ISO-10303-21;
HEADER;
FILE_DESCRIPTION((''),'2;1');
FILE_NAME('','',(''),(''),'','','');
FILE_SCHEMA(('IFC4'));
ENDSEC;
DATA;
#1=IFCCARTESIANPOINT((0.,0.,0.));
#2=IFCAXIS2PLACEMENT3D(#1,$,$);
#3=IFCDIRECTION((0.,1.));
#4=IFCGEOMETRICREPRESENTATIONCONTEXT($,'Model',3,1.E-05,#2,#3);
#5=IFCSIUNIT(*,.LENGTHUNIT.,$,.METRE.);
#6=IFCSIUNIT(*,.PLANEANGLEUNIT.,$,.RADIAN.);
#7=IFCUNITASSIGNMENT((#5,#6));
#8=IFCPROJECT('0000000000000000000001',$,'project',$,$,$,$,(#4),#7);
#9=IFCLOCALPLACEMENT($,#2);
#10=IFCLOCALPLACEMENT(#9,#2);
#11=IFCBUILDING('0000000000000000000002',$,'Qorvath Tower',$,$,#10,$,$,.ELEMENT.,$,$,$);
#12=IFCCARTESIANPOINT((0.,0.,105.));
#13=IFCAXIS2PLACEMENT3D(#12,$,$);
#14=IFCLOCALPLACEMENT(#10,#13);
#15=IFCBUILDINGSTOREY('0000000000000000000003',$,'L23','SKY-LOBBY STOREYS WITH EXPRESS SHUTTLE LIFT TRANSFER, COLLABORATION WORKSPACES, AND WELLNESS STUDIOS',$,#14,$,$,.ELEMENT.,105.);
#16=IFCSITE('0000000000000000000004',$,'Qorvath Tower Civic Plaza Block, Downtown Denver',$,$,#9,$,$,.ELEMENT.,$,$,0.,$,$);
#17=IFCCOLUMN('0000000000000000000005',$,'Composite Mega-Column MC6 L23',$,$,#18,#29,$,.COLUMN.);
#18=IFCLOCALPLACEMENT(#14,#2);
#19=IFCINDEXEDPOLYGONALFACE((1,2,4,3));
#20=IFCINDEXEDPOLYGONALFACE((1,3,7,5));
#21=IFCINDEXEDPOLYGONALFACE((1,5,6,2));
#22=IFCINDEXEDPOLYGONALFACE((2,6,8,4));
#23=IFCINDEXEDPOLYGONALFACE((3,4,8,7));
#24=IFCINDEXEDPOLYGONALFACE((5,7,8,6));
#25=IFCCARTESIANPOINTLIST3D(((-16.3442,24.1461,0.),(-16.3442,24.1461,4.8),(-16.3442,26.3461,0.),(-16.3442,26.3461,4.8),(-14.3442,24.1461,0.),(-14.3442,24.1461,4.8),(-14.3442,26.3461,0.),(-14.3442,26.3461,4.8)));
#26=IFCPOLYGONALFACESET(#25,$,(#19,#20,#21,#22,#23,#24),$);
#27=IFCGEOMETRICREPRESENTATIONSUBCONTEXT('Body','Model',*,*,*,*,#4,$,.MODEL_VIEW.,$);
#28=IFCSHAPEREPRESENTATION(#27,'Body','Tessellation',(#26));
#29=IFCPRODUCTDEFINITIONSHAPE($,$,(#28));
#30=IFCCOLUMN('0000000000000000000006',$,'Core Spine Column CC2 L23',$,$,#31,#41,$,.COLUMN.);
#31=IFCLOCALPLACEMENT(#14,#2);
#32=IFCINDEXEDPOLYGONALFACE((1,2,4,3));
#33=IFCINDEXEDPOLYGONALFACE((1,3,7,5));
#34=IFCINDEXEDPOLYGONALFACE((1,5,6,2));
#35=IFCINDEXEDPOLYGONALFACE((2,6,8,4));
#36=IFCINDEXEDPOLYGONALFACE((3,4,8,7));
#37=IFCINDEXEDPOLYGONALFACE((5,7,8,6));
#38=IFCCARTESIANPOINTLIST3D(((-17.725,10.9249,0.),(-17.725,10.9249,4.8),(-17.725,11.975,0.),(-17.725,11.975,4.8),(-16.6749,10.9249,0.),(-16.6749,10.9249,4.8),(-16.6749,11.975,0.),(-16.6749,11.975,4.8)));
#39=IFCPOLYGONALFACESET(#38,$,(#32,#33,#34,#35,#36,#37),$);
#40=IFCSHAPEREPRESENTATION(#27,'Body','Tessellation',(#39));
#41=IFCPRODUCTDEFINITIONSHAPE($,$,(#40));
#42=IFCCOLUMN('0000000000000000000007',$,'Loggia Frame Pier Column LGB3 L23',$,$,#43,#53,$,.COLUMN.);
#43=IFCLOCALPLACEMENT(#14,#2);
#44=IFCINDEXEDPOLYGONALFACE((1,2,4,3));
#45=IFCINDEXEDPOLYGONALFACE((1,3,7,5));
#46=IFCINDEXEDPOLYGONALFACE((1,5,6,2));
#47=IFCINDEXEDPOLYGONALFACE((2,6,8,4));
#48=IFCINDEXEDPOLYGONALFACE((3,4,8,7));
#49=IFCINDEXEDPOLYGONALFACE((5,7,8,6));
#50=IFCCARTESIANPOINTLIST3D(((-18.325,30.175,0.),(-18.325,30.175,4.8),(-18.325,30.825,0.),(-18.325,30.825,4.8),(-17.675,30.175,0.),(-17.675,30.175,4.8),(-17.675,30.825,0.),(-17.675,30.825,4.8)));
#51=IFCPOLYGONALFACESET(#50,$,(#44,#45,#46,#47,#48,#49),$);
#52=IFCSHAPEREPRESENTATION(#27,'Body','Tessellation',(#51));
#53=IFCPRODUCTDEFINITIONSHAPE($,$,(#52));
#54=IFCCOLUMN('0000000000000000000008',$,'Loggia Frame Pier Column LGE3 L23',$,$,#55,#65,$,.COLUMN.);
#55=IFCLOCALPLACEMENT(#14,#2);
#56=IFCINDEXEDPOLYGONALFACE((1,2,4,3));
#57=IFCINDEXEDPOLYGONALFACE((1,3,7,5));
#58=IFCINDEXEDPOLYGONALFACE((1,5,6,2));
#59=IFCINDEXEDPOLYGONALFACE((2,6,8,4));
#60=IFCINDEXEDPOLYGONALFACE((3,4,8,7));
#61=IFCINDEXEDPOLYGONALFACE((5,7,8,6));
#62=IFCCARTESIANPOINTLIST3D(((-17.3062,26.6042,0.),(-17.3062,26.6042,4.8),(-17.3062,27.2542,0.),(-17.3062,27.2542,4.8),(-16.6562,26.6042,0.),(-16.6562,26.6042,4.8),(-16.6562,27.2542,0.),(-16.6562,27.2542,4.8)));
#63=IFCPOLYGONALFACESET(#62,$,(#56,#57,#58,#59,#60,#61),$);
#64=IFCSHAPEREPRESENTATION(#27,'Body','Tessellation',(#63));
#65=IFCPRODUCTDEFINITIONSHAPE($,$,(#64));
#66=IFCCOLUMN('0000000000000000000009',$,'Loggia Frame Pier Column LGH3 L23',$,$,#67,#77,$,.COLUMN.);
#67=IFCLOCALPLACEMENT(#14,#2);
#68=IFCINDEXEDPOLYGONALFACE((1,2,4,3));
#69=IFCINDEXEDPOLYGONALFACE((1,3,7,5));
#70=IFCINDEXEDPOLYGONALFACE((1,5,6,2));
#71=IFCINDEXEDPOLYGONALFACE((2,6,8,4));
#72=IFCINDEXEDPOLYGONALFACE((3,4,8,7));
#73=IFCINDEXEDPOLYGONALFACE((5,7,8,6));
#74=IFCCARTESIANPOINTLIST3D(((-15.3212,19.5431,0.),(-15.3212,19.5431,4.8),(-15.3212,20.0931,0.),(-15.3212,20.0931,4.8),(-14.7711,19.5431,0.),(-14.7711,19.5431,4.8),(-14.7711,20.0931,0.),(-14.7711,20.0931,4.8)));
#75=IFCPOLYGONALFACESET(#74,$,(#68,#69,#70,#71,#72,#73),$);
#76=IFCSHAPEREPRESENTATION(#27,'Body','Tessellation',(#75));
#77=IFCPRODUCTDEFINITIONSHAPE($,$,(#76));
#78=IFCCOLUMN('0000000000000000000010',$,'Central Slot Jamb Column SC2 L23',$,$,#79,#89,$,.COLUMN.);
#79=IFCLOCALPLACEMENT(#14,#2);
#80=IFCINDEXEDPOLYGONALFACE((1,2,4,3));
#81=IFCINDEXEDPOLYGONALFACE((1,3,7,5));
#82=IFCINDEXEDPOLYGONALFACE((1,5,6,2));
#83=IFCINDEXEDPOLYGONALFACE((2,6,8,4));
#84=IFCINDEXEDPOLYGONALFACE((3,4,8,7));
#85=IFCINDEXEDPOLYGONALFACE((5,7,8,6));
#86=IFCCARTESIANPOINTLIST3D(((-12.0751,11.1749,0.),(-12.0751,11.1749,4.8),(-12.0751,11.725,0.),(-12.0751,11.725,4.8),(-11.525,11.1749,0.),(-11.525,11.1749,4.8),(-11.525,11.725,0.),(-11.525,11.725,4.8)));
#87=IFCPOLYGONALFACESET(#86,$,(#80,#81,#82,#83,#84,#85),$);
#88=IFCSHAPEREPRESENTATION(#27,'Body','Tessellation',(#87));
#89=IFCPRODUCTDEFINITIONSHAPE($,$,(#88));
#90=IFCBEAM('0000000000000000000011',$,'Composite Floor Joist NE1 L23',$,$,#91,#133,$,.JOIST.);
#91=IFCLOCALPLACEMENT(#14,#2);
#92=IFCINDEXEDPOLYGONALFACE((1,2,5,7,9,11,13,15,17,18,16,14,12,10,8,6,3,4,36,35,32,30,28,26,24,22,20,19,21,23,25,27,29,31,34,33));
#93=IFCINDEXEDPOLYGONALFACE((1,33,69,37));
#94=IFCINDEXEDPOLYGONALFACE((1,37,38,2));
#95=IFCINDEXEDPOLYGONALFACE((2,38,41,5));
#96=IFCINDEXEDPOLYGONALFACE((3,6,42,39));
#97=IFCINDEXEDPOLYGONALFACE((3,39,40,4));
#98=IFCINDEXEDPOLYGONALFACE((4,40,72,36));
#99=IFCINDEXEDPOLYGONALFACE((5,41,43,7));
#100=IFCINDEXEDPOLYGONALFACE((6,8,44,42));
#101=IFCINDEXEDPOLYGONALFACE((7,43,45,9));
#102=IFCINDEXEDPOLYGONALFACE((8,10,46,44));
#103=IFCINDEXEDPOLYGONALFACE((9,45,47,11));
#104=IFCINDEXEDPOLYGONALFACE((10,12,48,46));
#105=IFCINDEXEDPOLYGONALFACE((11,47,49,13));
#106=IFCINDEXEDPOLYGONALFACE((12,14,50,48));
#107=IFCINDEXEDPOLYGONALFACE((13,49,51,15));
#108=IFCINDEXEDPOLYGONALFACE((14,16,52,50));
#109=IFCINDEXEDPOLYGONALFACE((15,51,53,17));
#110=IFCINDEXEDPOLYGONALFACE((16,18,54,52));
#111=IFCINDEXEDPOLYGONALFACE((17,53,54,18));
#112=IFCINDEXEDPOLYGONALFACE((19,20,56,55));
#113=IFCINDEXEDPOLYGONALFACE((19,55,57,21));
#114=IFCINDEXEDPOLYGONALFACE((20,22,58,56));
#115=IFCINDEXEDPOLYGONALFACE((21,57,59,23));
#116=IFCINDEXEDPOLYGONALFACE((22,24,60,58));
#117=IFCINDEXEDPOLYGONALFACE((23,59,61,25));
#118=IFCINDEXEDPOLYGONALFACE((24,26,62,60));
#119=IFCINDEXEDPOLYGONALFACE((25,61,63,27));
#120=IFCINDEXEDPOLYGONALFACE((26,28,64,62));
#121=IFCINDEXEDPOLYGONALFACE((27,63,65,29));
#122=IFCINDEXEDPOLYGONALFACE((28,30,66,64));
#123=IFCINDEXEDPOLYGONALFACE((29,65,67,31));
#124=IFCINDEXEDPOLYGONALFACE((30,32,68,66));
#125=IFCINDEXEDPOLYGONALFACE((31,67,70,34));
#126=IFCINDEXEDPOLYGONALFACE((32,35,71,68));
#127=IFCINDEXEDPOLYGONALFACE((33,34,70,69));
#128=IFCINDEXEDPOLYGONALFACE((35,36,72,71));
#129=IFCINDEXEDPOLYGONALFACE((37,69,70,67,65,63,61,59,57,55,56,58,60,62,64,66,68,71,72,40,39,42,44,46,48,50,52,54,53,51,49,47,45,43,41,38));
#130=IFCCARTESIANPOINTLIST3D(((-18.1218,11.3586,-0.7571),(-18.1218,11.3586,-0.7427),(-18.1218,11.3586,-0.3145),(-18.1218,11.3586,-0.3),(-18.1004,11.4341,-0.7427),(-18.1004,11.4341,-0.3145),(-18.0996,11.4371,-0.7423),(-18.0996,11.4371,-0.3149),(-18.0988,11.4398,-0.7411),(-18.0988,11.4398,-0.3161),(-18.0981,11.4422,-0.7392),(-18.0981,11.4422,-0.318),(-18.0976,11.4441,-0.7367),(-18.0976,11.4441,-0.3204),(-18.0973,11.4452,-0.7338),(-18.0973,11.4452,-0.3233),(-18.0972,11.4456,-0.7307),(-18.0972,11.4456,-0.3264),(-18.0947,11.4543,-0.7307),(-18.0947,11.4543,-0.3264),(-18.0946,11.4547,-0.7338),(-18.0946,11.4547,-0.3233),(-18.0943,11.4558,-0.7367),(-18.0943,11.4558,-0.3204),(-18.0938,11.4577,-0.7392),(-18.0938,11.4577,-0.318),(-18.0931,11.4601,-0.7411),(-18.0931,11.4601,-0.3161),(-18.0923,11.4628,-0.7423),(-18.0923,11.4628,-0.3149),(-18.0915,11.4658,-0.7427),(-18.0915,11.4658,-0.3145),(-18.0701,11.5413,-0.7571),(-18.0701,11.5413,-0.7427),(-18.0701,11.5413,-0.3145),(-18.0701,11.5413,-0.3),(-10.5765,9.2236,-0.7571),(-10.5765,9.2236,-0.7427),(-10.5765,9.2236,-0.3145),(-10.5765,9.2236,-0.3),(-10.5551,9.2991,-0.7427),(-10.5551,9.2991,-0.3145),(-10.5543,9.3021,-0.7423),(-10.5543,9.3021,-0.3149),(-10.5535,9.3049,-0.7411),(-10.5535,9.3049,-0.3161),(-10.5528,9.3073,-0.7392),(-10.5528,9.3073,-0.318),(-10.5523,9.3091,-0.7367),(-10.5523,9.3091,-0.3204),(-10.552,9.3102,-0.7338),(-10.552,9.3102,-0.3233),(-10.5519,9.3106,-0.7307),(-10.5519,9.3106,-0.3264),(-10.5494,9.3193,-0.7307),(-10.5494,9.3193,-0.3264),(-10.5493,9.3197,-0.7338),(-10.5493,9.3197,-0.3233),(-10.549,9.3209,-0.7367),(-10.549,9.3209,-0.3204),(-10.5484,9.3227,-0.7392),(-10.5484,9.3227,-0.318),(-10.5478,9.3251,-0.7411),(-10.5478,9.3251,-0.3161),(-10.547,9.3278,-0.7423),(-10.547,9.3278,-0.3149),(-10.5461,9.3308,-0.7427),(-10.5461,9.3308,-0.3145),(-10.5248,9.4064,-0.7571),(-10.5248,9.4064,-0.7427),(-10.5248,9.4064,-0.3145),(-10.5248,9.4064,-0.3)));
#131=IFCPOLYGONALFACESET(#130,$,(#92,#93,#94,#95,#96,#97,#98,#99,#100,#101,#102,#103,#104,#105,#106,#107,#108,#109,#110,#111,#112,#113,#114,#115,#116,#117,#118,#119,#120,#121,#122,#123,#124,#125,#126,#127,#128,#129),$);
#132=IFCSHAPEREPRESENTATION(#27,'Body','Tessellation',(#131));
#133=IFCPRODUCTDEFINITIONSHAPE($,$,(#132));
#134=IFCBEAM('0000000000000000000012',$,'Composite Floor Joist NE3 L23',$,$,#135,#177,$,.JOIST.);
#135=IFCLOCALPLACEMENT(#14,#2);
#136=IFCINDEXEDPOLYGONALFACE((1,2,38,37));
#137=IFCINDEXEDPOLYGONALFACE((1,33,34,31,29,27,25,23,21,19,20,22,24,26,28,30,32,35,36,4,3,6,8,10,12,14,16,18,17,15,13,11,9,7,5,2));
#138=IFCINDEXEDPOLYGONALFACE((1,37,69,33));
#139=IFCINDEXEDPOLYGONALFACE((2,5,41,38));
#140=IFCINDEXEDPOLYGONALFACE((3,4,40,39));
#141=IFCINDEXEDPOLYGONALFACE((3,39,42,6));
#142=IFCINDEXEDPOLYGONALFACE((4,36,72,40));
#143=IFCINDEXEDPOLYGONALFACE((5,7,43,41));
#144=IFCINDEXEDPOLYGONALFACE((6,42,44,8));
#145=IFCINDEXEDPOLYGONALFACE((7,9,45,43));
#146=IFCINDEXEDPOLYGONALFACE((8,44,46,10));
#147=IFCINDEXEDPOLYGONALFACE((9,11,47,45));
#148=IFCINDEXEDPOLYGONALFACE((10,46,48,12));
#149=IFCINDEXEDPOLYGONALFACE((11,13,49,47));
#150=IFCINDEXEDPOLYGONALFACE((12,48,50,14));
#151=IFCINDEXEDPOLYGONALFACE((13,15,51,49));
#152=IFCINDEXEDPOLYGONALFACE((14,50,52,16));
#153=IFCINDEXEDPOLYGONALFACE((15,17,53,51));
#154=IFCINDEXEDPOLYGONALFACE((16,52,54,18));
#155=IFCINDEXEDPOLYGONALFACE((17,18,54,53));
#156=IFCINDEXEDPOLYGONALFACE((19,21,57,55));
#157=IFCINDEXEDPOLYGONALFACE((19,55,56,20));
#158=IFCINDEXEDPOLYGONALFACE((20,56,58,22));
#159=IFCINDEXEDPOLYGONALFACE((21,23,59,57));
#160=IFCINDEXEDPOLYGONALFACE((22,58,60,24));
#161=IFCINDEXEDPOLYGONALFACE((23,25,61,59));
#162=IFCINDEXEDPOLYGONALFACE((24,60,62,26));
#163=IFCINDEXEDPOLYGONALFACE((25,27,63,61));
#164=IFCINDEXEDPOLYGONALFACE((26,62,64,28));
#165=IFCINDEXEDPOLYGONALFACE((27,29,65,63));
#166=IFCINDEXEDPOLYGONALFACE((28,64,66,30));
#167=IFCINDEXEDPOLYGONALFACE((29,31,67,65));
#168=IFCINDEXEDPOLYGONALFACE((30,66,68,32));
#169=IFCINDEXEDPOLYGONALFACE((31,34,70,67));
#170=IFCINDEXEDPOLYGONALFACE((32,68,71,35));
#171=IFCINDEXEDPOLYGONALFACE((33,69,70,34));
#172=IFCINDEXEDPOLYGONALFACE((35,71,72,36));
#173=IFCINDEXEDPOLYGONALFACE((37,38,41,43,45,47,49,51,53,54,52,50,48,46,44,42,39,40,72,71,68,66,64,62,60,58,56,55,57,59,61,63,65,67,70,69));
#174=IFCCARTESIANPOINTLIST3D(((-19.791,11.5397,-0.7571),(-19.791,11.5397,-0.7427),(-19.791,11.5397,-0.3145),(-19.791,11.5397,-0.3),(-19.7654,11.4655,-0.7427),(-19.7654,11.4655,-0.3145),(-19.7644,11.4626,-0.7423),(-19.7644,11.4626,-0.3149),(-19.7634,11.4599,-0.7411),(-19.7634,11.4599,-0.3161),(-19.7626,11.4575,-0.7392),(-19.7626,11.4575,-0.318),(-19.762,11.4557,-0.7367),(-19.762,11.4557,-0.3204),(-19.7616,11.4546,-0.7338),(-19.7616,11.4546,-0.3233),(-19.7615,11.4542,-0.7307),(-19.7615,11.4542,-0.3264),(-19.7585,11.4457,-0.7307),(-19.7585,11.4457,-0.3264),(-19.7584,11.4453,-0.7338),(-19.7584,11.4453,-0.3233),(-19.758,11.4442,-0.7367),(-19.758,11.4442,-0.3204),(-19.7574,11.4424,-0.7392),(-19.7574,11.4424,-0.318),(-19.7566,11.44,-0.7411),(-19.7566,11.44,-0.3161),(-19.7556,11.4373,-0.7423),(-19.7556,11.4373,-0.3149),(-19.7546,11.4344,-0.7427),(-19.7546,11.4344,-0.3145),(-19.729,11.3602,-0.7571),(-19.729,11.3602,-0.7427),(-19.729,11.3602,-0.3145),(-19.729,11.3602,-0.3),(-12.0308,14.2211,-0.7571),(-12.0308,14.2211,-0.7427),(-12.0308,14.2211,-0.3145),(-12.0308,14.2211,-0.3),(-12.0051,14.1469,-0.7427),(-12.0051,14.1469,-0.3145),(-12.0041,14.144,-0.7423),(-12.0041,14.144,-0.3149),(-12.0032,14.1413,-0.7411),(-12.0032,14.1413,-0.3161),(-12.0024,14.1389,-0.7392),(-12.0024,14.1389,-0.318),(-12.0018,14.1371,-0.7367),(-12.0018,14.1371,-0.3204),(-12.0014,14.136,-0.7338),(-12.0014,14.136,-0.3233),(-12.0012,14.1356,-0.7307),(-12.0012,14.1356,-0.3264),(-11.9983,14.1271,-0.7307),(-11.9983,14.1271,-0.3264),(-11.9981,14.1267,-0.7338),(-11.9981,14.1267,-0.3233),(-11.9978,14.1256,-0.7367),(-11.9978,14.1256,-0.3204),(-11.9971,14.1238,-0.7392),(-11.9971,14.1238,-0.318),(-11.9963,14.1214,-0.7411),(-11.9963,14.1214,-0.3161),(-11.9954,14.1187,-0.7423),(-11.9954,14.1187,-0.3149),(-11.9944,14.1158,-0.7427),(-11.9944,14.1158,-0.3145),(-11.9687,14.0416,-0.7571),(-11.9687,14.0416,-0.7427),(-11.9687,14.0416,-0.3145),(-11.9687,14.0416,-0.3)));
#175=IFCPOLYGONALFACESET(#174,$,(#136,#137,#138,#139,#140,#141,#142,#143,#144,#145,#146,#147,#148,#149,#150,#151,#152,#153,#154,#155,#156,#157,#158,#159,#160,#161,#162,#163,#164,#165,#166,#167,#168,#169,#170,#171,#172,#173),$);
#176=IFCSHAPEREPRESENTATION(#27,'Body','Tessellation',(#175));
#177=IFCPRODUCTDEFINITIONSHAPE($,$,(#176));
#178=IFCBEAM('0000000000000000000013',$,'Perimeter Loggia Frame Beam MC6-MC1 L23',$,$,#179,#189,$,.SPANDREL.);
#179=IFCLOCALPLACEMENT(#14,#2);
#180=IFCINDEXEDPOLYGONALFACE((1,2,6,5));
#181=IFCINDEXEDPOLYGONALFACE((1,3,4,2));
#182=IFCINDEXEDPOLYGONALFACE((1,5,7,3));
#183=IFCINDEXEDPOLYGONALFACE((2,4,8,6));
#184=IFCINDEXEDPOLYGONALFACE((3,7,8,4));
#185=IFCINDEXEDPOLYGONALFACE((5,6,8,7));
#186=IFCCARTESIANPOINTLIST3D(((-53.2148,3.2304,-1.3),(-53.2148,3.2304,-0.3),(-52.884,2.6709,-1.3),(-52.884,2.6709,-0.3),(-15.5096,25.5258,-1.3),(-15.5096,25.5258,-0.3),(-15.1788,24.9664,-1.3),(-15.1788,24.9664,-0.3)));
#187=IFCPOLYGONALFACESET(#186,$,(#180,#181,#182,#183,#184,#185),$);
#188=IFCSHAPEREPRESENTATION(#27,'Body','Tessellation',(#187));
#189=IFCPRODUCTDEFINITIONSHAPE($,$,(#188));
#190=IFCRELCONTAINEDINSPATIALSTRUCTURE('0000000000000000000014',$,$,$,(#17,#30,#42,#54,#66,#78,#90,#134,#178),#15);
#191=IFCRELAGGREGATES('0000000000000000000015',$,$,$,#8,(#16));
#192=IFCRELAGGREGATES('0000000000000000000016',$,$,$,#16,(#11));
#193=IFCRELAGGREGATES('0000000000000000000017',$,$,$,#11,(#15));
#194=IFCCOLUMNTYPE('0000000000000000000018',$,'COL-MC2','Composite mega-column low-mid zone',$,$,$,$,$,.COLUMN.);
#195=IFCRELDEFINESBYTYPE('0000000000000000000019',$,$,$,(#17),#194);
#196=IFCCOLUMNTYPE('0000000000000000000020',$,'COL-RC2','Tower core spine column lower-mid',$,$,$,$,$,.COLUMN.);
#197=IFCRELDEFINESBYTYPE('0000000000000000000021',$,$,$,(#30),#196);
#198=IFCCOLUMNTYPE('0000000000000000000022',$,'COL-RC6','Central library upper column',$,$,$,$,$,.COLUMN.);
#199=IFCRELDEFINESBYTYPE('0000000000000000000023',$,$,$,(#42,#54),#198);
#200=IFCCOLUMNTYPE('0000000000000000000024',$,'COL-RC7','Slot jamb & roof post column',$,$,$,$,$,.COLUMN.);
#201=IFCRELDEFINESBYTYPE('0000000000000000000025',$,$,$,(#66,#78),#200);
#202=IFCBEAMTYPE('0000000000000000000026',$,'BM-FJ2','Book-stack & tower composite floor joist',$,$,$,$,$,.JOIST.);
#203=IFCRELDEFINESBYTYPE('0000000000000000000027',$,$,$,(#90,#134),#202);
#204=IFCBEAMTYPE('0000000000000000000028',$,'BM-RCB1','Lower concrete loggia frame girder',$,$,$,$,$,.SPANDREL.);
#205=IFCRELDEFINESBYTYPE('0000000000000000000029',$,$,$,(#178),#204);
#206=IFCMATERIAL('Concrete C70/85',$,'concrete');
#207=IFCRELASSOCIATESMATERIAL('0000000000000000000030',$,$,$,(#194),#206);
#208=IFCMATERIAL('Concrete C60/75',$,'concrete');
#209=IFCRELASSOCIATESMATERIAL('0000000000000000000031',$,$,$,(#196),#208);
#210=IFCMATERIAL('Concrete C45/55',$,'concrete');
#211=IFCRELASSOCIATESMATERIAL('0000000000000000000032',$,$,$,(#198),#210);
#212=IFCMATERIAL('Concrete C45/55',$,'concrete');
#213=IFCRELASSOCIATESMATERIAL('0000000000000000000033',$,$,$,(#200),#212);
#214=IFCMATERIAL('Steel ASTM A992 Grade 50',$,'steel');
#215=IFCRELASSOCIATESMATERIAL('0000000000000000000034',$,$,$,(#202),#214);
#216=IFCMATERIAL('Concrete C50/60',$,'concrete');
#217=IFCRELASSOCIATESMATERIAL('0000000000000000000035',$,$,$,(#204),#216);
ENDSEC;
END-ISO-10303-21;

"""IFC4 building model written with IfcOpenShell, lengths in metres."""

from ifc_helpers import new_model, si_unit, direction, frame, origin, origin_2d, place, context, subcontext, project, spatial, rectangle, i_section, extrude, material, material_profile, profile_set, type_object, element, save


model = new_model("IFC4")

# Units and contexts
model_context = context("Model", 3, precision=1e-05, world=origin(), true_north=direction((0.0, 1.0)))
body_context = subcontext(model_context, "Body", "Model", "MODEL_VIEW")
ifc_project = project(units=[si_unit("LENGTHUNIT", "METRE"), si_unit("PLANEANGLEUNIT", "RADIAN")], contexts=[model_context])

# Site, building, storey
site_placement = place(None, origin())
site = spatial("IfcSite", under=ifc_project, at=site_placement, Name="Qorvath Tower Civic Plaza Block, Downtown Denver", CompositionType="ELEMENT", RefElevation=0.0)
building_placement = place(site_placement, origin())
building = spatial("IfcBuilding", under=site, at=building_placement, Name="Qorvath Tower", CompositionType="ELEMENT")
storey_placement = place(building_placement, frame((0.0, 0.0, 105.0)))
storey = spatial("IfcBuildingStorey", under=building, at=storey_placement, Name="L23", Description="SKY-LOBBY STOREYS WITH EXPRESS SHUTTLE LIFT TRANSFER, COLLABORATION WORKSPACES, AND WELLNESS STUDIOS", CompositionType="ELEMENT", Elevation=105.0)

# Columns
ifc_material_1 = material(Name="Concrete C70/85", Category="concrete")
ifc_material_profile_1 = material_profile(ifc_material_1, rectangle(XDim=2.0, YDim=2.2, at=origin_2d()), Name="MC 2200x2000")
ifc_profile_set_1 = profile_set([ifc_material_profile_1], Name="Concrete C70/85")
column_type_1 = type_object("IfcColumnType", Name="COL-MC2", Description="Composite mega-column low-mid zone", PredefinedType="COLUMN", material=ifc_profile_set_1)
column_1_placement = place(storey_placement, frame((-15.3442, 25.2461, 0.0), z_axis=(0.0, 0.0, 1.0), x_axis=(1.0, 0.0, 0.0)))
element("IfcColumn", 1, at=column_1_placement, inside=storey, type_object=column_type_1, Name="Composite Mega-Column MC6 L23", PredefinedType="COLUMN", context=body_context, shape_type="SweptSolid", body=[
    extrude(rectangle(XDim=2.0, YDim=2.2, at=origin_2d()), origin(), (0.0, 0.0, 1.0), 4.8),
])
ifc_material_2 = material(Name="Concrete C60/75", Category="concrete")
ifc_material_profile_2 = material_profile(ifc_material_2, rectangle(XDim=1.05, YDim=1.05, at=origin_2d()), Name="RC 1050x1050")
ifc_profile_set_2 = profile_set([ifc_material_profile_2], Name="Concrete C60/75")
column_type_2 = type_object("IfcColumnType", Name="COL-RC2", Description="Tower core spine column lower-mid", PredefinedType="COLUMN", material=ifc_profile_set_2)
column_2_placement = place(storey_placement, frame((-17.2, 11.45, 0.0), z_axis=(0.0, 0.0, 1.0), x_axis=(1.0, 0.0, 0.0)))
element("IfcColumn", 2, at=column_2_placement, inside=storey, type_object=column_type_2, Name="Core Spine Column CC2 L23", PredefinedType="COLUMN", context=body_context, shape_type="SweptSolid", body=[
    extrude(rectangle(XDim=1.05, YDim=1.05, at=origin_2d()), origin(), (0.0, 0.0, 1.0), 4.8),
])
ifc_material_3 = material(Name="Concrete C45/55", Category="concrete")
ifc_material_profile_3 = material_profile(ifc_material_3, rectangle(XDim=0.6499, YDim=0.6499, at=origin_2d()), Name="RC 650x650")
ifc_profile_set_3 = profile_set([ifc_material_profile_3], Name="Concrete C45/55")
column_type_3 = type_object("IfcColumnType", Name="COL-RC6", Description="Central library upper column", PredefinedType="COLUMN", material=ifc_profile_set_3)
for number, where, z_axis, x_axis, name in (
    (3, (-18.0, 30.5, 0.0), (0.0, 0.0, 1.0), (1.0, 0.0, 0.0), "Loggia Frame Pier Column LGB3 L23"),
    (4, (-16.9812, 26.9292, 0.0), (0.0, 0.0, 1.0), (1.0, 0.0, 0.0), "Loggia Frame Pier Column LGE3 L23"),
):
    element("IfcColumn", number, at=place(storey_placement, frame(where, z_axis=z_axis, x_axis=x_axis)), inside=storey, type_object=column_type_3, Name=name, PredefinedType="COLUMN", context=body_context, shape_type="SweptSolid", body=[
        extrude(rectangle(XDim=0.6499, YDim=0.6499, at=origin_2d()), origin(), (0.0, 0.0, 1.0), 4.8),
    ])
ifc_material_4 = material(Name="Concrete C45/55", Category="concrete")
ifc_material_profile_4 = material_profile(ifc_material_4, rectangle(XDim=0.55, YDim=0.55, at=origin_2d()), Name="RC 550x550")
ifc_profile_set_4 = profile_set([ifc_material_profile_4], Name="Concrete C45/55")
column_type_4 = type_object("IfcColumnType", Name="COL-RC7", Description="Slot jamb & roof post column", PredefinedType="COLUMN", material=ifc_profile_set_4)
for number, where, z_axis, x_axis, name in (
    (5, (-15.0461, 19.8181, 0.0), (0.0, 0.0, 1.0), (1.0, 0.0, 0.0), "Loggia Frame Pier Column LGH3 L23"),
    (6, (-11.8, 11.45, 0.0), (0.0, 0.0, 1.0), (1.0, 0.0, 0.0), "Central Slot Jamb Column SC2 L23"),
):
    element("IfcColumn", number, at=place(storey_placement, frame(where, z_axis=z_axis, x_axis=x_axis)), inside=storey, type_object=column_type_4, Name=name, PredefinedType="COLUMN", context=body_context, shape_type="SweptSolid", body=[
        extrude(rectangle(XDim=0.55, YDim=0.55, at=origin_2d()), origin(), (0.0, 0.0, 1.0), 4.8),
    ])

# Beams
ifc_material_5 = material(Name="Steel ASTM A992 Grade 50", Category="steel")
ifc_material_profile_5 = material_profile(ifc_material_5, i_section(OverallWidth=0.1899, OverallDepth=0.457, WebThickness=0.009, FlangeThickness=0.0144, FilletRadius=0.012, at=origin_2d()), Name="W18x50")
ifc_profile_set_5 = profile_set([ifc_material_profile_5], Name="Steel ASTM A992 Grade 50")
beam_type_1 = type_object("IfcBeamType", Name="BM-FJ2", Description="Book-stack & tower composite floor joist", PredefinedType="JOIST", material=ifc_profile_set_5)
beam_1_placement = place(storey_placement, frame((-18.0959, 11.45, -0.5286), z_axis=(0.962222, -0.272265, 0.0), x_axis=(0.272265, 0.962222, 0.0)))
element("IfcBeam", 7, at=beam_1_placement, inside=storey, type_object=beam_type_1, Name="Composite Floor Joist NE1 L23", PredefinedType="JOIST", context=body_context, shape_type="SweptSolid", body=[
    extrude(i_section(OverallWidth=0.1899, OverallDepth=0.457, WebThickness=0.009, FlangeThickness=0.0144, FilletRadius=0.012, at=origin_2d()), origin(), (0.0, 0.0, 1.0), 7.8416),
])
beam_2_placement = place(storey_placement, frame((-19.76, 11.45, -0.5286), z_axis=(0.945168, 0.326584, 0.0), x_axis=(-0.326584, 0.945168, 0.0)))
element("IfcBeam", 8, at=beam_2_placement, inside=storey, type_object=beam_type_1, Name="Composite Floor Joist NE3 L23", PredefinedType="JOIST", context=body_context, shape_type="SweptSolid", body=[
    extrude(i_section(OverallWidth=0.1899, OverallDepth=0.457, WebThickness=0.009, FlangeThickness=0.0144, FilletRadius=0.012, at=origin_2d()), origin(), (0.0, 0.0, 1.0), 8.2104),
])
ifc_material_6 = material(Name="Concrete C50/60", Category="concrete")
ifc_material_profile_6 = material_profile(ifc_material_6, rectangle(XDim=0.6499, YDim=1.0, at=origin_2d()), Name="RCB 1000x650")
ifc_profile_set_6 = profile_set([ifc_material_profile_6], Name="Concrete C50/60")
beam_type_2 = type_object("IfcBeamType", Name="BM-RCB1", Description="Lower concrete loggia frame girder", PredefinedType="SPANDREL", material=ifc_profile_set_6)
beam_3_placement = place(storey_placement, frame((-15.3442, 25.2461, -0.8), z_axis=(-0.860775, -0.508985, 0.0), x_axis=(0.508985, -0.860775, 0.0)))
element("IfcBeam", 9, at=beam_3_placement, inside=storey, type_object=beam_type_2, Name="Perimeter Loggia Frame Beam MC6-MC1 L23", PredefinedType="SPANDREL", context=body_context, shape_type="SweptSolid", body=[
    extrude(rectangle(XDim=0.6499, YDim=1.0, at=origin_2d()), origin(), (0.0, 0.0, 1.0), 43.8037),
])

save(model, "model.ifc")
